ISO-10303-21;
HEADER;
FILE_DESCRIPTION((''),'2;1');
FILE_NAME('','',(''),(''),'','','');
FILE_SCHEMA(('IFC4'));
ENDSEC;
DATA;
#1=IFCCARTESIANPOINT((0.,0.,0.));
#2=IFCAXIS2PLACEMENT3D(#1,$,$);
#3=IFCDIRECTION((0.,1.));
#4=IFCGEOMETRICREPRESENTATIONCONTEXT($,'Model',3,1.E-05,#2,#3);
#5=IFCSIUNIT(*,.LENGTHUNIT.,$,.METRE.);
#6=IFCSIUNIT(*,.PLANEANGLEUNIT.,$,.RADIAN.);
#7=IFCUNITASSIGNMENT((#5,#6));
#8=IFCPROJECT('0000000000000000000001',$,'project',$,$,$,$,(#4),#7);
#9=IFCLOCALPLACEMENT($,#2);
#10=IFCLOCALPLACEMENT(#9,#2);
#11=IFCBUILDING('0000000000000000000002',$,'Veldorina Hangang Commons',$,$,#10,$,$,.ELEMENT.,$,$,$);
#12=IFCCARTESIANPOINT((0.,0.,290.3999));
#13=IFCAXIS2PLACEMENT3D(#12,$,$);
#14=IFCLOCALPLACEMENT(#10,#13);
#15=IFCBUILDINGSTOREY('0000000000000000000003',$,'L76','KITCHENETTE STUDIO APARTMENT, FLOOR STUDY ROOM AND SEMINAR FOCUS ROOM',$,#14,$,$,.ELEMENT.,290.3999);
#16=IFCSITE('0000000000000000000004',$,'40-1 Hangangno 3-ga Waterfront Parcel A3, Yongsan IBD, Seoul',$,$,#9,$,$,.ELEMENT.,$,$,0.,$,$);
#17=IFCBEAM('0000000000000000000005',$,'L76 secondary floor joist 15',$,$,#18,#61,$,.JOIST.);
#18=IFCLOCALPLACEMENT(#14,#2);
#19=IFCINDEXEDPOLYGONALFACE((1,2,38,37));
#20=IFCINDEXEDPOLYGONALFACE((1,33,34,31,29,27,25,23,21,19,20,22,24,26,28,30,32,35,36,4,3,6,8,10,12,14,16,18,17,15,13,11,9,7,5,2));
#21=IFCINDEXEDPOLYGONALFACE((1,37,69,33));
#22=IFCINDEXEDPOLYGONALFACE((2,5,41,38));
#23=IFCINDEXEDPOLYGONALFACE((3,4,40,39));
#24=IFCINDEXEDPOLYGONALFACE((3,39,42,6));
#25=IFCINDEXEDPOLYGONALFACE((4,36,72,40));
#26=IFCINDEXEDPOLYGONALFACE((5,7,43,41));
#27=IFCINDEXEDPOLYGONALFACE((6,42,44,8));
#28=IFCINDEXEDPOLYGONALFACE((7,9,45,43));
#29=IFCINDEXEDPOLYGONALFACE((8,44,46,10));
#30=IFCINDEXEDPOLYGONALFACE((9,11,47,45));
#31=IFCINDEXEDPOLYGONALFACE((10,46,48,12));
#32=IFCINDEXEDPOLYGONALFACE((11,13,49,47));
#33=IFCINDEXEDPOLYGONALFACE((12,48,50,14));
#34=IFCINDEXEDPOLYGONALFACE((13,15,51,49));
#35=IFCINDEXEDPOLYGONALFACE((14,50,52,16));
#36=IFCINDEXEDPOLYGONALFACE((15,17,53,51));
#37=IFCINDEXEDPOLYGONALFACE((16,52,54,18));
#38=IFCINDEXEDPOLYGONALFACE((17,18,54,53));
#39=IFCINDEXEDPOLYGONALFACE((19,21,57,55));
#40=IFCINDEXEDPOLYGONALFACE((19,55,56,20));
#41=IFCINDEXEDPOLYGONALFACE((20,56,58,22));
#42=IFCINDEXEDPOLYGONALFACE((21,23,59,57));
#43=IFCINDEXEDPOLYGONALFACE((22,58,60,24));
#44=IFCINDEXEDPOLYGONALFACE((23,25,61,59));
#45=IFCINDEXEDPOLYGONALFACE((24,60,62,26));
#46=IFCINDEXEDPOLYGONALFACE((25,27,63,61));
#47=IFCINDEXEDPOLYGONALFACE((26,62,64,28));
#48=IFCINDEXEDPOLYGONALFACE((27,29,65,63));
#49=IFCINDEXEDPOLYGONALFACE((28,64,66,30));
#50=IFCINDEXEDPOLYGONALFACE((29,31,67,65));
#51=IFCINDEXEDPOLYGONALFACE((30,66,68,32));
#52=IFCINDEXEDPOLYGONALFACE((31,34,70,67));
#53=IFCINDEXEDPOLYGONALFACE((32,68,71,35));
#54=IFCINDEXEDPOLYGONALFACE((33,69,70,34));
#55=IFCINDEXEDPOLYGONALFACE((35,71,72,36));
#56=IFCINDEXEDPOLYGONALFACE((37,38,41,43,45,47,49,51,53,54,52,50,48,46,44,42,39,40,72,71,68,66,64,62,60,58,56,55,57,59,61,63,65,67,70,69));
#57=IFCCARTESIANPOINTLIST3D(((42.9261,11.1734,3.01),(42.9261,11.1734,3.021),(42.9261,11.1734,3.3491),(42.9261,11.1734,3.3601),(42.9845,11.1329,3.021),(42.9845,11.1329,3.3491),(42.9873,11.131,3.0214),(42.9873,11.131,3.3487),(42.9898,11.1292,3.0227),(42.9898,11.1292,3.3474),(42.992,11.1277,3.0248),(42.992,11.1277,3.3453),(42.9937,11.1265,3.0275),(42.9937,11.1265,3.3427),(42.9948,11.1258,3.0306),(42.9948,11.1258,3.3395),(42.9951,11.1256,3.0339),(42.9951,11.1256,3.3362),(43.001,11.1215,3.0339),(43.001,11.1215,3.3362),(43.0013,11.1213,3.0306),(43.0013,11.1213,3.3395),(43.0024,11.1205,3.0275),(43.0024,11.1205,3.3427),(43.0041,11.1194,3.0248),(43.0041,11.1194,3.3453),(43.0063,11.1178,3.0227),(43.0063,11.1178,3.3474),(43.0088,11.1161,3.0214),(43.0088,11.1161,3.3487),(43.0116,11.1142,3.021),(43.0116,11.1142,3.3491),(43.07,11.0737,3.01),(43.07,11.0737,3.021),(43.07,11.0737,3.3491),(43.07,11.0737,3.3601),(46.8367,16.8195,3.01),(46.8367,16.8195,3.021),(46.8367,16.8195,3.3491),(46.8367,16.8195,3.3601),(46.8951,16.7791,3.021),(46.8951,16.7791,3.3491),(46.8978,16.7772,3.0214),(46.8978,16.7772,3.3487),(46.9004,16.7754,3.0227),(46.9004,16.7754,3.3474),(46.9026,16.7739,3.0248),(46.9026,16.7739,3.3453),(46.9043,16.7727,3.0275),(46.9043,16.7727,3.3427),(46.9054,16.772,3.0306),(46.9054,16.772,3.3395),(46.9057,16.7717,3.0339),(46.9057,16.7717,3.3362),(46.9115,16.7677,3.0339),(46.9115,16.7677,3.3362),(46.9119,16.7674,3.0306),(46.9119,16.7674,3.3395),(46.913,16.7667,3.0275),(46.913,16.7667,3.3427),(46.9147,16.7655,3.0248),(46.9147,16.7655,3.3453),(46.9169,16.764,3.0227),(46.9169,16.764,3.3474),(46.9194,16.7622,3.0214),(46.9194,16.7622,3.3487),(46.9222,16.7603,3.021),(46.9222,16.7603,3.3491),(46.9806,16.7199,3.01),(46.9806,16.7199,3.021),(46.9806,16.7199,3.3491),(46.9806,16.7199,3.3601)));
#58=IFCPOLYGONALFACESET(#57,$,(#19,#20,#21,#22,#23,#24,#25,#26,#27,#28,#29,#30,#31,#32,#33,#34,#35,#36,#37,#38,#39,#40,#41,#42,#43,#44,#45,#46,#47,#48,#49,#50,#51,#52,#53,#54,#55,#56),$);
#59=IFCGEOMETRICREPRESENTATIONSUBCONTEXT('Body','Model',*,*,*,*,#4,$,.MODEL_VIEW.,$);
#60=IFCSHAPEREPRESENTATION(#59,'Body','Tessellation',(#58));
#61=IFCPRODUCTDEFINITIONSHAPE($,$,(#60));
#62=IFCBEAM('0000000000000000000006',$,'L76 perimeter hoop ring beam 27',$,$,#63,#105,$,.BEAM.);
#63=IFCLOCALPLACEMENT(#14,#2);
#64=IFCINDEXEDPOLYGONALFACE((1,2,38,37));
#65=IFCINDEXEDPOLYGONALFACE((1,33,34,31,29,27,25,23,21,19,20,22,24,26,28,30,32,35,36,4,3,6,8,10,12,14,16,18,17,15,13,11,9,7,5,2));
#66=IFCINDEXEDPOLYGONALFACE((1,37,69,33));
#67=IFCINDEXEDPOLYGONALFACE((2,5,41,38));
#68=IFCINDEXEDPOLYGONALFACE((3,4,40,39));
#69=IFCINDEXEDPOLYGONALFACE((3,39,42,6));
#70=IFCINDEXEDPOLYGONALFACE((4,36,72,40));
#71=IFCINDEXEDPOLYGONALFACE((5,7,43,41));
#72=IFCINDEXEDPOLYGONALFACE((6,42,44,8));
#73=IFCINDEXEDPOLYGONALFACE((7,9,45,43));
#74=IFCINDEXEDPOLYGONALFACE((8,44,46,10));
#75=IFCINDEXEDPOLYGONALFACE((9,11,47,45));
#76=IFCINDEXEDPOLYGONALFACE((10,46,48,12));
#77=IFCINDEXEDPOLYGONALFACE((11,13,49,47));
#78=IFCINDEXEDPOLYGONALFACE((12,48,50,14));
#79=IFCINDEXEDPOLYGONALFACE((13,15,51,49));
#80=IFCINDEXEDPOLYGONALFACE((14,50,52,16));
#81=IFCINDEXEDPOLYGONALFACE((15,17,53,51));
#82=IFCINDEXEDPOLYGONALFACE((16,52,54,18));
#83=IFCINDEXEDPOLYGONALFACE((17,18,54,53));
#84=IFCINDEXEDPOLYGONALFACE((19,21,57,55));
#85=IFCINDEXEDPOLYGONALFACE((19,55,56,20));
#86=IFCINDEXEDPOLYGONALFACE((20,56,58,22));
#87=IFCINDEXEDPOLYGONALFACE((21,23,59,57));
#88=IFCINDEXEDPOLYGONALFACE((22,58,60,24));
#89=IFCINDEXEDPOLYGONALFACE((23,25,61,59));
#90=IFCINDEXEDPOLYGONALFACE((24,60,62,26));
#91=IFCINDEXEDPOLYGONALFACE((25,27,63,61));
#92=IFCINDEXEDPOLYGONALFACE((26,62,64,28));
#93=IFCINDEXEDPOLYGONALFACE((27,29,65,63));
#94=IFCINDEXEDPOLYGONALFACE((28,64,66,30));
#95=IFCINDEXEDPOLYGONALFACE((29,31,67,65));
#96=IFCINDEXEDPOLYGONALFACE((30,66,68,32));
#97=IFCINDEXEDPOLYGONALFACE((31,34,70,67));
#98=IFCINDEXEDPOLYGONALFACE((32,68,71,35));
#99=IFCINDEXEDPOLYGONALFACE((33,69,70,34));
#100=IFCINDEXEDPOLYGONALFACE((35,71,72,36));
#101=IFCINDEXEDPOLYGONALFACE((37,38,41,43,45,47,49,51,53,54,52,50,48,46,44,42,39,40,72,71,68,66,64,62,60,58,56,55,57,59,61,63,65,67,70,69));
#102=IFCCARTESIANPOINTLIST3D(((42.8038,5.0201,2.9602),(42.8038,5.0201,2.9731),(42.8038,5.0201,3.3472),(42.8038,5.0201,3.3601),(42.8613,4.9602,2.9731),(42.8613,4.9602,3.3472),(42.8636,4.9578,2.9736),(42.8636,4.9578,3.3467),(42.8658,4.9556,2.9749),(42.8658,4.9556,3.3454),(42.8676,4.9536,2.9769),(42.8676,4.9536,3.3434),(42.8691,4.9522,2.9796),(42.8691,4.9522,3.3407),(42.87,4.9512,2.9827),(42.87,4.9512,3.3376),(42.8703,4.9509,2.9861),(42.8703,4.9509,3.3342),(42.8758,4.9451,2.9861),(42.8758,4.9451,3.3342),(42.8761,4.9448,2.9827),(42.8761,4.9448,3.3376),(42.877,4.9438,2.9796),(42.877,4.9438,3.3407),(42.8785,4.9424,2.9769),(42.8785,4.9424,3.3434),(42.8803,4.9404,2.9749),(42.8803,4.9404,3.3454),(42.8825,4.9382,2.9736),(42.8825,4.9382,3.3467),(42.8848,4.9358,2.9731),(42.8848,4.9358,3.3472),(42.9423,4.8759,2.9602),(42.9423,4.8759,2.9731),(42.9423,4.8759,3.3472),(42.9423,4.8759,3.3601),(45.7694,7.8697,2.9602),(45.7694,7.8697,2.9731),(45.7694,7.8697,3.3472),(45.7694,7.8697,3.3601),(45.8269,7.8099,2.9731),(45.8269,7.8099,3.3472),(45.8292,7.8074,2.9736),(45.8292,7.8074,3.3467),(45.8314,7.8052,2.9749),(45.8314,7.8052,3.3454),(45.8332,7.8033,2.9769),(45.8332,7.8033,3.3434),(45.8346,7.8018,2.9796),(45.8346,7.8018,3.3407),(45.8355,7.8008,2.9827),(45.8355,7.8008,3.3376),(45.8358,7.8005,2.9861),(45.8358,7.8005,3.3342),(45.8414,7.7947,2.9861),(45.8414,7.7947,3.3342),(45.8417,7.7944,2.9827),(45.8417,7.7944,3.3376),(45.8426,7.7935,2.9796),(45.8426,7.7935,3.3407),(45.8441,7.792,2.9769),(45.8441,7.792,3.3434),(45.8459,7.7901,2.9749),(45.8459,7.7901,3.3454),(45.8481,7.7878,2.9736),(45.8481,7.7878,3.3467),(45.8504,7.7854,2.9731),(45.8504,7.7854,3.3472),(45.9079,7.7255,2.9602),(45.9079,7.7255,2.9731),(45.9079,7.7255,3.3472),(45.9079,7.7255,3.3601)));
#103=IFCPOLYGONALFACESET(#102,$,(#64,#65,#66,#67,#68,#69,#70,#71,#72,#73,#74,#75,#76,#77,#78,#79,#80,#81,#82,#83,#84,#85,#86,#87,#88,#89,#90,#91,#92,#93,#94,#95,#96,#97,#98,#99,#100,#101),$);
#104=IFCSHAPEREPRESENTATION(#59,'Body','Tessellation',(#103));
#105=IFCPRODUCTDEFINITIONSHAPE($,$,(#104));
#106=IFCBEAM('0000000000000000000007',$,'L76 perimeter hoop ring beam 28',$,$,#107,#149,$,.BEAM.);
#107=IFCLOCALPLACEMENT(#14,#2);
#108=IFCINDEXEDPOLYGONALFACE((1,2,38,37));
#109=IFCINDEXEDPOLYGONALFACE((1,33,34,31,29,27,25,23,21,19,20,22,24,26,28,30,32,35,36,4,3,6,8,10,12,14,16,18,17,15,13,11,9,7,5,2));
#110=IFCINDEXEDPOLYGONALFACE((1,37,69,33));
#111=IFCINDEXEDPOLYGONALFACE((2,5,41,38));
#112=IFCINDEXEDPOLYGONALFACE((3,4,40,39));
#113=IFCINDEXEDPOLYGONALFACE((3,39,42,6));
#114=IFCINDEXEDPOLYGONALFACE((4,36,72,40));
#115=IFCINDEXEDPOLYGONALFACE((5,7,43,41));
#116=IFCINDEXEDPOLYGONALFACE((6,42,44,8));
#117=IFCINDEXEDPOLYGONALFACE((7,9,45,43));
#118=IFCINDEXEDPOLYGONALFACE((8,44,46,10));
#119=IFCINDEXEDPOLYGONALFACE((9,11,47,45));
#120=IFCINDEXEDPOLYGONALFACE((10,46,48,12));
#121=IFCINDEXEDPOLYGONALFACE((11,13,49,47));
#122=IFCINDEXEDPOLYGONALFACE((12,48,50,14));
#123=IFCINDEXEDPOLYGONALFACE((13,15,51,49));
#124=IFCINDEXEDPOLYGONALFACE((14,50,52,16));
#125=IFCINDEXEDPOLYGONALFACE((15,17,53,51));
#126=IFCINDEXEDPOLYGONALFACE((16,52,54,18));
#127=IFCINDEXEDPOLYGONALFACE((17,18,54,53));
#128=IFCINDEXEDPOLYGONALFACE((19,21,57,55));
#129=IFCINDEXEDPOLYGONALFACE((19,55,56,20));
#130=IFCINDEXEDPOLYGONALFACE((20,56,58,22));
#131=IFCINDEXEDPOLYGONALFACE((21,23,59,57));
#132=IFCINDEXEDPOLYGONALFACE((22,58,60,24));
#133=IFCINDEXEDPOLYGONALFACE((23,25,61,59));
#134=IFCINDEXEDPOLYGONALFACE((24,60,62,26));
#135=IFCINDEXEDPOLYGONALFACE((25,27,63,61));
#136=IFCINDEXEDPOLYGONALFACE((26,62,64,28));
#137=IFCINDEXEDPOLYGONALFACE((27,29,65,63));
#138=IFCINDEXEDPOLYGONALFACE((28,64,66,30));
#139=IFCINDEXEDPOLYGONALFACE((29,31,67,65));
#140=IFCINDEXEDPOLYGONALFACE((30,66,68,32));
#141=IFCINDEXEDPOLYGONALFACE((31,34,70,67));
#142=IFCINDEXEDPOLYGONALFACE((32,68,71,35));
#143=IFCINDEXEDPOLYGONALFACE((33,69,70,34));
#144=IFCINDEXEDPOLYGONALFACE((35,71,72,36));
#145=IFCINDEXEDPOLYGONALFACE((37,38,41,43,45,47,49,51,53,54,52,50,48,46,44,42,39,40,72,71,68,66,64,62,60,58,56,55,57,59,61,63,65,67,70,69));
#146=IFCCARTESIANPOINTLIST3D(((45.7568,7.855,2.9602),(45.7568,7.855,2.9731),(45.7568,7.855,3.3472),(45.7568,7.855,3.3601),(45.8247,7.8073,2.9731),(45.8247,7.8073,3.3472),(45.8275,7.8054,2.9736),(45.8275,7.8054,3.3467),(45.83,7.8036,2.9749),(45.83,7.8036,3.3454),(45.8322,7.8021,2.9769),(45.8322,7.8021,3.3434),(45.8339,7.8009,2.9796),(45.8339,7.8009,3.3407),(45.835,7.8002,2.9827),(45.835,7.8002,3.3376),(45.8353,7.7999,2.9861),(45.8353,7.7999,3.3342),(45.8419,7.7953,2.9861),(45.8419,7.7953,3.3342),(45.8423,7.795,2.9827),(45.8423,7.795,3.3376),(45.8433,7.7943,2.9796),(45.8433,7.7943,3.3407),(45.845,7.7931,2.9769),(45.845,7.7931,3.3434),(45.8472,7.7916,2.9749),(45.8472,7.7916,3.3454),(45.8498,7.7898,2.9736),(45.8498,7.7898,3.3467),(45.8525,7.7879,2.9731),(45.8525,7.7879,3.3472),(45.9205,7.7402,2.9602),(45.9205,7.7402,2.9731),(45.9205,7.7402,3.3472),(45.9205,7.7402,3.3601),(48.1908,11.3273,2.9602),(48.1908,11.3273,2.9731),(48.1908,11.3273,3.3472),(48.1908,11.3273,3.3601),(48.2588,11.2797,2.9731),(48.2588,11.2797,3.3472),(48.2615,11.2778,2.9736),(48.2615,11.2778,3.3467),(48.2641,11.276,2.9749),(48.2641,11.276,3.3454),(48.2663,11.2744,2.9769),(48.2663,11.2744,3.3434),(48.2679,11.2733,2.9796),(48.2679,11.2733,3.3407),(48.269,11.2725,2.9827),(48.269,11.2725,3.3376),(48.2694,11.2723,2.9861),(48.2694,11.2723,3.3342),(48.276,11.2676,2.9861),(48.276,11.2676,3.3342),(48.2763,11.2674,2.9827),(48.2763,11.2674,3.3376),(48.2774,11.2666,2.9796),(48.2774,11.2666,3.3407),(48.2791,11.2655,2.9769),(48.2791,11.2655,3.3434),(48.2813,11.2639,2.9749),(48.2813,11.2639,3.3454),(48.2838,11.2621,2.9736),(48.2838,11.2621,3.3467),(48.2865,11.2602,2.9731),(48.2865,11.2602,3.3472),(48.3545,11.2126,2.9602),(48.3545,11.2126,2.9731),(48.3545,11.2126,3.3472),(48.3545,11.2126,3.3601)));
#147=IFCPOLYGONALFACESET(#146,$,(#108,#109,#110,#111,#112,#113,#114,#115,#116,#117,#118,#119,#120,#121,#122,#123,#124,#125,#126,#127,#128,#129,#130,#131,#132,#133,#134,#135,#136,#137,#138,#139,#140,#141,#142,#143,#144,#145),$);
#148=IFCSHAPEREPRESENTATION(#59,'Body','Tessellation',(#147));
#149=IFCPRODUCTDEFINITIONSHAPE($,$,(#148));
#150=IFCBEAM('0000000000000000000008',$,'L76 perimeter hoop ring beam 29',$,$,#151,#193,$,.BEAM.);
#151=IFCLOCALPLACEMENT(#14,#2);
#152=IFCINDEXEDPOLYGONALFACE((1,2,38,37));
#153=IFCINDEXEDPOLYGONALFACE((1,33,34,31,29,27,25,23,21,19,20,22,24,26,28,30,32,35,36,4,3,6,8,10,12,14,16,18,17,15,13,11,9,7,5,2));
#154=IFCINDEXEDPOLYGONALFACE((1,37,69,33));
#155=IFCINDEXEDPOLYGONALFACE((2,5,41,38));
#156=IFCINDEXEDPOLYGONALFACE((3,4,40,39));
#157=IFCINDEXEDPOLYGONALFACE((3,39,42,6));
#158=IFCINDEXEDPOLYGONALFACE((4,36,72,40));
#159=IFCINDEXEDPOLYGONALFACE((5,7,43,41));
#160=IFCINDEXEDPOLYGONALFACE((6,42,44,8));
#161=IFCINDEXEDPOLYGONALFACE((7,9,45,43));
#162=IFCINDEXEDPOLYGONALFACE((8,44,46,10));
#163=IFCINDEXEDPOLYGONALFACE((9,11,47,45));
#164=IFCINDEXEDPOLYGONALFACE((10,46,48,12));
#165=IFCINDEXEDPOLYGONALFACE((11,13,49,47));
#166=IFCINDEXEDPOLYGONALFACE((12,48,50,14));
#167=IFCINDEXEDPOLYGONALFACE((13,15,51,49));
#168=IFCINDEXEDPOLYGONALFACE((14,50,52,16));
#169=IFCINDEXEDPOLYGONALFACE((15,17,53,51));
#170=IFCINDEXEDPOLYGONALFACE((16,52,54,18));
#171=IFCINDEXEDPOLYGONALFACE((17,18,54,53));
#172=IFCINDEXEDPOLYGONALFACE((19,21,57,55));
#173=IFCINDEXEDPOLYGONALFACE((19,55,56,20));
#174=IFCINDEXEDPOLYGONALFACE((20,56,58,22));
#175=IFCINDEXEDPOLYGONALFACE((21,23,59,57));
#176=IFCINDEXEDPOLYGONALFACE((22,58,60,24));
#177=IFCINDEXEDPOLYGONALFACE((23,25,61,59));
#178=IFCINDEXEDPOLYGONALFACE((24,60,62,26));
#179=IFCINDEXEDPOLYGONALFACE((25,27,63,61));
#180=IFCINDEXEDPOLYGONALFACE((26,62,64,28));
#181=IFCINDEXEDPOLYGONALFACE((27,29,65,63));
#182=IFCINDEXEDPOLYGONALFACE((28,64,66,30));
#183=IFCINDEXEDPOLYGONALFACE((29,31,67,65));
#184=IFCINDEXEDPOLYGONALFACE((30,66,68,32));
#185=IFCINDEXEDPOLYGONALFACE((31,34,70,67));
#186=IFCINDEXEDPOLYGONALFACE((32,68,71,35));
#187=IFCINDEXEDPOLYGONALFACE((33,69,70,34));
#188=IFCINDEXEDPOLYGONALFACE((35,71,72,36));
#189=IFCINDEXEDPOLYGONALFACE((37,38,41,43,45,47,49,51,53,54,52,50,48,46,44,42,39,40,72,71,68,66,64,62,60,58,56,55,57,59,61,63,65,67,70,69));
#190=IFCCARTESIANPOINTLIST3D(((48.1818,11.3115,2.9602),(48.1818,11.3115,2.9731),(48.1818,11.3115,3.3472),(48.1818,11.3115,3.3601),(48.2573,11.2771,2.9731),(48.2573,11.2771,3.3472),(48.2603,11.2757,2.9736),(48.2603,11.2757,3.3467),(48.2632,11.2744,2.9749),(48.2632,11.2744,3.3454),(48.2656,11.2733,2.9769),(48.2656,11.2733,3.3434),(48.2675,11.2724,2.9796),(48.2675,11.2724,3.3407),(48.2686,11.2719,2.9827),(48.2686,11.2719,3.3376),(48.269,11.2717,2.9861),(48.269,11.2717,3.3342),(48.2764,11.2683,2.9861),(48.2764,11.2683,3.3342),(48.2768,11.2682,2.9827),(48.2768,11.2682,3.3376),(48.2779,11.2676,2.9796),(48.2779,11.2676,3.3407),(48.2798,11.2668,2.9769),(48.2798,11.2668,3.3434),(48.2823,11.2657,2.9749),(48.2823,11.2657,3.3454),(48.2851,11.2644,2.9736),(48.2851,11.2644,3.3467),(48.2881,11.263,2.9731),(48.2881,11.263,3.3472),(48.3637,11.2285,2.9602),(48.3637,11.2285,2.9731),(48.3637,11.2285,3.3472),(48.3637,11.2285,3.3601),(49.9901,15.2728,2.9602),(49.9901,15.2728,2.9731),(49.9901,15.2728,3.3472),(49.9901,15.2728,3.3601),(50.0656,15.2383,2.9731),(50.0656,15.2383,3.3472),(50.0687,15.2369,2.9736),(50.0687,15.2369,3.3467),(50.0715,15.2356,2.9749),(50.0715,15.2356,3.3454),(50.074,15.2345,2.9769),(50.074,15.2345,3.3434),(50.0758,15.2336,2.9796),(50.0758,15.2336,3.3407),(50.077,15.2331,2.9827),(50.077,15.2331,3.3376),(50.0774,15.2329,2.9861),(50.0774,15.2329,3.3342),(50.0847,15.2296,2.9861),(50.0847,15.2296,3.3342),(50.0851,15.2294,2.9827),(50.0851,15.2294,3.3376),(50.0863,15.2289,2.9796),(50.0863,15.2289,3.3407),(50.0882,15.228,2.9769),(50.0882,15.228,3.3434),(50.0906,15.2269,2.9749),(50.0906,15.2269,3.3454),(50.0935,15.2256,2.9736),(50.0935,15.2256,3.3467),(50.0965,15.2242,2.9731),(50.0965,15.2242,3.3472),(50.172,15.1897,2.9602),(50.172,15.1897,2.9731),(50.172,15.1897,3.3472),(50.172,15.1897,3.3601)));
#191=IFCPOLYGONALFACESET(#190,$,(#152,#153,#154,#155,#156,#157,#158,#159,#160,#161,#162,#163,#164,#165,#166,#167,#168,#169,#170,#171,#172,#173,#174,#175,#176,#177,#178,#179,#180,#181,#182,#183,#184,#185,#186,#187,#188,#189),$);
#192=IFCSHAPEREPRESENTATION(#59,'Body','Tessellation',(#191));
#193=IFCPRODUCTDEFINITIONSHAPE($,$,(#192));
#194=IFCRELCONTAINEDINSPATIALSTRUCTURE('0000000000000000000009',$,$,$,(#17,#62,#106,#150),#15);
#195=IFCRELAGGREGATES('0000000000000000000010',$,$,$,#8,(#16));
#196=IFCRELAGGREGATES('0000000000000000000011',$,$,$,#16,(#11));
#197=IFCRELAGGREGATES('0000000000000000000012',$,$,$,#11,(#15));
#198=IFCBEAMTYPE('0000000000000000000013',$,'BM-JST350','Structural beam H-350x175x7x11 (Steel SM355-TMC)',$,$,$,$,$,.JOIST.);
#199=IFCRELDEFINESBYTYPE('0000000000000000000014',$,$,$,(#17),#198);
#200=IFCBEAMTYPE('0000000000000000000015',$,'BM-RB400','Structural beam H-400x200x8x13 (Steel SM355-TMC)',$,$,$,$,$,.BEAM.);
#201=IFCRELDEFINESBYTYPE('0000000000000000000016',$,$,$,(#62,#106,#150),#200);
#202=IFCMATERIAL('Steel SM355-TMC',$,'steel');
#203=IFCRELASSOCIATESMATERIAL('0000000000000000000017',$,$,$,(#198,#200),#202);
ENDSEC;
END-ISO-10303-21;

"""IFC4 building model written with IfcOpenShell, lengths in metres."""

from ifc_helpers import new_model, si_unit, direction, frame, origin, origin_2d, place, context, subcontext, project, spatial, i_section, extrude, material, material_profile, profile_set, type_object, element, save


model = new_model("IFC4")

# Units and contexts
model_context = context("Model", 3, precision=1e-05, world=origin(), true_north=direction((0.0, 1.0)))
body_context = subcontext(model_context, "Body", "Model", "MODEL_VIEW")
ifc_project = project(units=[si_unit("LENGTHUNIT", "METRE"), si_unit("PLANEANGLEUNIT", "RADIAN")], contexts=[model_context])

# Site, building, storey
site_placement = place(None, origin())
site = spatial("IfcSite", under=ifc_project, at=site_placement, Name="40-1 Hangangno 3-ga Waterfront Parcel A3, Yongsan IBD, Seoul", CompositionType="ELEMENT", RefElevation=0.0)
building_placement = place(site_placement, origin())
building = spatial("IfcBuilding", under=site, at=building_placement, Name="Veldorina Hangang Commons", CompositionType="ELEMENT")
storey_placement = place(building_placement, frame((0.0, 0.0, 290.3999)))
storey = spatial("IfcBuildingStorey", under=building, at=storey_placement, Name="L76", Description="KITCHENETTE STUDIO APARTMENT, FLOOR STUDY ROOM AND SEMINAR FOCUS ROOM", CompositionType="ELEMENT", Elevation=290.3999)

# Beams
ifc_material_1 = material(Name="Steel SM355-TMC", Category="steel")
ifc_material_profile_1 = material_profile(ifc_material_1, i_section(OverallWidth=0.175, OverallDepth=0.3501, WebThickness=0.0071, FlangeThickness=0.011, FilletRadius=0.0129, at=origin_2d()), Name="H-350x175x7x11")
ifc_profile_set_1 = profile_set([ifc_material_profile_1], Name="Steel SM355-TMC")
beam_type_1 = type_object("IfcBeamType", Name="BM-JST350", Description="Structural beam H-350x175x7x11 (Steel SM355-TMC)", PredefinedType="JOIST", material=ifc_profile_set_1)
beam_1_placement = place(storey_placement, frame((42.998, 11.1235, 3.1851), z_axis=(0.569378, 0.822076, 0.0), x_axis=(-0.822076, 0.569378, 0.0)))
element("IfcBeam", 1, at=beam_1_placement, inside=storey, type_object=beam_type_1, Name="L76 secondary floor joist 15", PredefinedType="JOIST", context=body_context, shape_type="SweptSolid", body=[
    extrude(i_section(OverallWidth=0.175, OverallDepth=0.3501, WebThickness=0.0071, FlangeThickness=0.011, FilletRadius=0.0129, at=origin_2d()), origin(), (0.0, 0.0, 1.0), 6.8682),
])
ifc_material_profile_2 = material_profile(ifc_material_1, i_section(OverallWidth=0.2, OverallDepth=0.3999, WebThickness=0.0081, FlangeThickness=0.0129, FilletRadius=0.0129, at=origin_2d()), Name="H-400x200x8x13")
ifc_profile_set_2 = profile_set([ifc_material_profile_2], Name="Steel SM355-TMC")
beam_type_2 = type_object("IfcBeamType", Name="BM-RB400", Description="Structural beam H-400x200x8x13 (Steel SM355-TMC)", PredefinedType="BEAM", material=ifc_profile_set_2)
beam_2_placement = place(storey_placement, frame((42.873, 4.948, 3.1602), z_axis=(0.721065, 0.692868, 0.0), x_axis=(-0.692868, 0.721065, 0.0)))
element("IfcBeam", 2, at=beam_2_placement, inside=storey, type_object=beam_type_2, Name="L76 perimeter hoop ring beam 27", PredefinedType="BEAM", context=body_context, shape_type="SweptSolid", body=[
    extrude(i_section(OverallWidth=0.2, OverallDepth=0.3999, WebThickness=0.0081, FlangeThickness=0.0129, FilletRadius=0.0129, at=origin_2d()), origin(), (0.0, 0.0, 1.0), 4.1128),
])
beam_3_placement = place(storey_placement, frame((45.8386, 7.7976, 3.1602), z_axis=(0.573999, 0.818856, 0.0), x_axis=(-0.818856, 0.573999, 0.0)))
element("IfcBeam", 3, at=beam_3_placement, inside=storey, type_object=beam_type_2, Name="L76 perimeter hoop ring beam 28", PredefinedType="BEAM", context=body_context, shape_type="SweptSolid", body=[
    extrude(i_section(OverallWidth=0.2, OverallDepth=0.3999, WebThickness=0.0081, FlangeThickness=0.0129, FilletRadius=0.0129, at=origin_2d()), origin(), (0.0, 0.0, 1.0), 4.2405),
])
beam_4_placement = place(storey_placement, frame((48.2727, 11.27, 3.1602), z_axis=(0.415289, 0.909689, 0.0), x_axis=(-0.909689, 0.415289, 0.0)))
element("IfcBeam", 4, at=beam_4_placement, inside=storey, type_object=beam_type_2, Name="L76 perimeter hoop ring beam 29", PredefinedType="BEAM", context=body_context, shape_type="SweptSolid", body=[
    extrude(i_section(OverallWidth=0.2, OverallDepth=0.3999, WebThickness=0.0081, FlangeThickness=0.0129, FilletRadius=0.0129, at=origin_2d()), origin(), (0.0, 0.0, 1.0), 4.3545),
])

save(model, "model.ifc")
